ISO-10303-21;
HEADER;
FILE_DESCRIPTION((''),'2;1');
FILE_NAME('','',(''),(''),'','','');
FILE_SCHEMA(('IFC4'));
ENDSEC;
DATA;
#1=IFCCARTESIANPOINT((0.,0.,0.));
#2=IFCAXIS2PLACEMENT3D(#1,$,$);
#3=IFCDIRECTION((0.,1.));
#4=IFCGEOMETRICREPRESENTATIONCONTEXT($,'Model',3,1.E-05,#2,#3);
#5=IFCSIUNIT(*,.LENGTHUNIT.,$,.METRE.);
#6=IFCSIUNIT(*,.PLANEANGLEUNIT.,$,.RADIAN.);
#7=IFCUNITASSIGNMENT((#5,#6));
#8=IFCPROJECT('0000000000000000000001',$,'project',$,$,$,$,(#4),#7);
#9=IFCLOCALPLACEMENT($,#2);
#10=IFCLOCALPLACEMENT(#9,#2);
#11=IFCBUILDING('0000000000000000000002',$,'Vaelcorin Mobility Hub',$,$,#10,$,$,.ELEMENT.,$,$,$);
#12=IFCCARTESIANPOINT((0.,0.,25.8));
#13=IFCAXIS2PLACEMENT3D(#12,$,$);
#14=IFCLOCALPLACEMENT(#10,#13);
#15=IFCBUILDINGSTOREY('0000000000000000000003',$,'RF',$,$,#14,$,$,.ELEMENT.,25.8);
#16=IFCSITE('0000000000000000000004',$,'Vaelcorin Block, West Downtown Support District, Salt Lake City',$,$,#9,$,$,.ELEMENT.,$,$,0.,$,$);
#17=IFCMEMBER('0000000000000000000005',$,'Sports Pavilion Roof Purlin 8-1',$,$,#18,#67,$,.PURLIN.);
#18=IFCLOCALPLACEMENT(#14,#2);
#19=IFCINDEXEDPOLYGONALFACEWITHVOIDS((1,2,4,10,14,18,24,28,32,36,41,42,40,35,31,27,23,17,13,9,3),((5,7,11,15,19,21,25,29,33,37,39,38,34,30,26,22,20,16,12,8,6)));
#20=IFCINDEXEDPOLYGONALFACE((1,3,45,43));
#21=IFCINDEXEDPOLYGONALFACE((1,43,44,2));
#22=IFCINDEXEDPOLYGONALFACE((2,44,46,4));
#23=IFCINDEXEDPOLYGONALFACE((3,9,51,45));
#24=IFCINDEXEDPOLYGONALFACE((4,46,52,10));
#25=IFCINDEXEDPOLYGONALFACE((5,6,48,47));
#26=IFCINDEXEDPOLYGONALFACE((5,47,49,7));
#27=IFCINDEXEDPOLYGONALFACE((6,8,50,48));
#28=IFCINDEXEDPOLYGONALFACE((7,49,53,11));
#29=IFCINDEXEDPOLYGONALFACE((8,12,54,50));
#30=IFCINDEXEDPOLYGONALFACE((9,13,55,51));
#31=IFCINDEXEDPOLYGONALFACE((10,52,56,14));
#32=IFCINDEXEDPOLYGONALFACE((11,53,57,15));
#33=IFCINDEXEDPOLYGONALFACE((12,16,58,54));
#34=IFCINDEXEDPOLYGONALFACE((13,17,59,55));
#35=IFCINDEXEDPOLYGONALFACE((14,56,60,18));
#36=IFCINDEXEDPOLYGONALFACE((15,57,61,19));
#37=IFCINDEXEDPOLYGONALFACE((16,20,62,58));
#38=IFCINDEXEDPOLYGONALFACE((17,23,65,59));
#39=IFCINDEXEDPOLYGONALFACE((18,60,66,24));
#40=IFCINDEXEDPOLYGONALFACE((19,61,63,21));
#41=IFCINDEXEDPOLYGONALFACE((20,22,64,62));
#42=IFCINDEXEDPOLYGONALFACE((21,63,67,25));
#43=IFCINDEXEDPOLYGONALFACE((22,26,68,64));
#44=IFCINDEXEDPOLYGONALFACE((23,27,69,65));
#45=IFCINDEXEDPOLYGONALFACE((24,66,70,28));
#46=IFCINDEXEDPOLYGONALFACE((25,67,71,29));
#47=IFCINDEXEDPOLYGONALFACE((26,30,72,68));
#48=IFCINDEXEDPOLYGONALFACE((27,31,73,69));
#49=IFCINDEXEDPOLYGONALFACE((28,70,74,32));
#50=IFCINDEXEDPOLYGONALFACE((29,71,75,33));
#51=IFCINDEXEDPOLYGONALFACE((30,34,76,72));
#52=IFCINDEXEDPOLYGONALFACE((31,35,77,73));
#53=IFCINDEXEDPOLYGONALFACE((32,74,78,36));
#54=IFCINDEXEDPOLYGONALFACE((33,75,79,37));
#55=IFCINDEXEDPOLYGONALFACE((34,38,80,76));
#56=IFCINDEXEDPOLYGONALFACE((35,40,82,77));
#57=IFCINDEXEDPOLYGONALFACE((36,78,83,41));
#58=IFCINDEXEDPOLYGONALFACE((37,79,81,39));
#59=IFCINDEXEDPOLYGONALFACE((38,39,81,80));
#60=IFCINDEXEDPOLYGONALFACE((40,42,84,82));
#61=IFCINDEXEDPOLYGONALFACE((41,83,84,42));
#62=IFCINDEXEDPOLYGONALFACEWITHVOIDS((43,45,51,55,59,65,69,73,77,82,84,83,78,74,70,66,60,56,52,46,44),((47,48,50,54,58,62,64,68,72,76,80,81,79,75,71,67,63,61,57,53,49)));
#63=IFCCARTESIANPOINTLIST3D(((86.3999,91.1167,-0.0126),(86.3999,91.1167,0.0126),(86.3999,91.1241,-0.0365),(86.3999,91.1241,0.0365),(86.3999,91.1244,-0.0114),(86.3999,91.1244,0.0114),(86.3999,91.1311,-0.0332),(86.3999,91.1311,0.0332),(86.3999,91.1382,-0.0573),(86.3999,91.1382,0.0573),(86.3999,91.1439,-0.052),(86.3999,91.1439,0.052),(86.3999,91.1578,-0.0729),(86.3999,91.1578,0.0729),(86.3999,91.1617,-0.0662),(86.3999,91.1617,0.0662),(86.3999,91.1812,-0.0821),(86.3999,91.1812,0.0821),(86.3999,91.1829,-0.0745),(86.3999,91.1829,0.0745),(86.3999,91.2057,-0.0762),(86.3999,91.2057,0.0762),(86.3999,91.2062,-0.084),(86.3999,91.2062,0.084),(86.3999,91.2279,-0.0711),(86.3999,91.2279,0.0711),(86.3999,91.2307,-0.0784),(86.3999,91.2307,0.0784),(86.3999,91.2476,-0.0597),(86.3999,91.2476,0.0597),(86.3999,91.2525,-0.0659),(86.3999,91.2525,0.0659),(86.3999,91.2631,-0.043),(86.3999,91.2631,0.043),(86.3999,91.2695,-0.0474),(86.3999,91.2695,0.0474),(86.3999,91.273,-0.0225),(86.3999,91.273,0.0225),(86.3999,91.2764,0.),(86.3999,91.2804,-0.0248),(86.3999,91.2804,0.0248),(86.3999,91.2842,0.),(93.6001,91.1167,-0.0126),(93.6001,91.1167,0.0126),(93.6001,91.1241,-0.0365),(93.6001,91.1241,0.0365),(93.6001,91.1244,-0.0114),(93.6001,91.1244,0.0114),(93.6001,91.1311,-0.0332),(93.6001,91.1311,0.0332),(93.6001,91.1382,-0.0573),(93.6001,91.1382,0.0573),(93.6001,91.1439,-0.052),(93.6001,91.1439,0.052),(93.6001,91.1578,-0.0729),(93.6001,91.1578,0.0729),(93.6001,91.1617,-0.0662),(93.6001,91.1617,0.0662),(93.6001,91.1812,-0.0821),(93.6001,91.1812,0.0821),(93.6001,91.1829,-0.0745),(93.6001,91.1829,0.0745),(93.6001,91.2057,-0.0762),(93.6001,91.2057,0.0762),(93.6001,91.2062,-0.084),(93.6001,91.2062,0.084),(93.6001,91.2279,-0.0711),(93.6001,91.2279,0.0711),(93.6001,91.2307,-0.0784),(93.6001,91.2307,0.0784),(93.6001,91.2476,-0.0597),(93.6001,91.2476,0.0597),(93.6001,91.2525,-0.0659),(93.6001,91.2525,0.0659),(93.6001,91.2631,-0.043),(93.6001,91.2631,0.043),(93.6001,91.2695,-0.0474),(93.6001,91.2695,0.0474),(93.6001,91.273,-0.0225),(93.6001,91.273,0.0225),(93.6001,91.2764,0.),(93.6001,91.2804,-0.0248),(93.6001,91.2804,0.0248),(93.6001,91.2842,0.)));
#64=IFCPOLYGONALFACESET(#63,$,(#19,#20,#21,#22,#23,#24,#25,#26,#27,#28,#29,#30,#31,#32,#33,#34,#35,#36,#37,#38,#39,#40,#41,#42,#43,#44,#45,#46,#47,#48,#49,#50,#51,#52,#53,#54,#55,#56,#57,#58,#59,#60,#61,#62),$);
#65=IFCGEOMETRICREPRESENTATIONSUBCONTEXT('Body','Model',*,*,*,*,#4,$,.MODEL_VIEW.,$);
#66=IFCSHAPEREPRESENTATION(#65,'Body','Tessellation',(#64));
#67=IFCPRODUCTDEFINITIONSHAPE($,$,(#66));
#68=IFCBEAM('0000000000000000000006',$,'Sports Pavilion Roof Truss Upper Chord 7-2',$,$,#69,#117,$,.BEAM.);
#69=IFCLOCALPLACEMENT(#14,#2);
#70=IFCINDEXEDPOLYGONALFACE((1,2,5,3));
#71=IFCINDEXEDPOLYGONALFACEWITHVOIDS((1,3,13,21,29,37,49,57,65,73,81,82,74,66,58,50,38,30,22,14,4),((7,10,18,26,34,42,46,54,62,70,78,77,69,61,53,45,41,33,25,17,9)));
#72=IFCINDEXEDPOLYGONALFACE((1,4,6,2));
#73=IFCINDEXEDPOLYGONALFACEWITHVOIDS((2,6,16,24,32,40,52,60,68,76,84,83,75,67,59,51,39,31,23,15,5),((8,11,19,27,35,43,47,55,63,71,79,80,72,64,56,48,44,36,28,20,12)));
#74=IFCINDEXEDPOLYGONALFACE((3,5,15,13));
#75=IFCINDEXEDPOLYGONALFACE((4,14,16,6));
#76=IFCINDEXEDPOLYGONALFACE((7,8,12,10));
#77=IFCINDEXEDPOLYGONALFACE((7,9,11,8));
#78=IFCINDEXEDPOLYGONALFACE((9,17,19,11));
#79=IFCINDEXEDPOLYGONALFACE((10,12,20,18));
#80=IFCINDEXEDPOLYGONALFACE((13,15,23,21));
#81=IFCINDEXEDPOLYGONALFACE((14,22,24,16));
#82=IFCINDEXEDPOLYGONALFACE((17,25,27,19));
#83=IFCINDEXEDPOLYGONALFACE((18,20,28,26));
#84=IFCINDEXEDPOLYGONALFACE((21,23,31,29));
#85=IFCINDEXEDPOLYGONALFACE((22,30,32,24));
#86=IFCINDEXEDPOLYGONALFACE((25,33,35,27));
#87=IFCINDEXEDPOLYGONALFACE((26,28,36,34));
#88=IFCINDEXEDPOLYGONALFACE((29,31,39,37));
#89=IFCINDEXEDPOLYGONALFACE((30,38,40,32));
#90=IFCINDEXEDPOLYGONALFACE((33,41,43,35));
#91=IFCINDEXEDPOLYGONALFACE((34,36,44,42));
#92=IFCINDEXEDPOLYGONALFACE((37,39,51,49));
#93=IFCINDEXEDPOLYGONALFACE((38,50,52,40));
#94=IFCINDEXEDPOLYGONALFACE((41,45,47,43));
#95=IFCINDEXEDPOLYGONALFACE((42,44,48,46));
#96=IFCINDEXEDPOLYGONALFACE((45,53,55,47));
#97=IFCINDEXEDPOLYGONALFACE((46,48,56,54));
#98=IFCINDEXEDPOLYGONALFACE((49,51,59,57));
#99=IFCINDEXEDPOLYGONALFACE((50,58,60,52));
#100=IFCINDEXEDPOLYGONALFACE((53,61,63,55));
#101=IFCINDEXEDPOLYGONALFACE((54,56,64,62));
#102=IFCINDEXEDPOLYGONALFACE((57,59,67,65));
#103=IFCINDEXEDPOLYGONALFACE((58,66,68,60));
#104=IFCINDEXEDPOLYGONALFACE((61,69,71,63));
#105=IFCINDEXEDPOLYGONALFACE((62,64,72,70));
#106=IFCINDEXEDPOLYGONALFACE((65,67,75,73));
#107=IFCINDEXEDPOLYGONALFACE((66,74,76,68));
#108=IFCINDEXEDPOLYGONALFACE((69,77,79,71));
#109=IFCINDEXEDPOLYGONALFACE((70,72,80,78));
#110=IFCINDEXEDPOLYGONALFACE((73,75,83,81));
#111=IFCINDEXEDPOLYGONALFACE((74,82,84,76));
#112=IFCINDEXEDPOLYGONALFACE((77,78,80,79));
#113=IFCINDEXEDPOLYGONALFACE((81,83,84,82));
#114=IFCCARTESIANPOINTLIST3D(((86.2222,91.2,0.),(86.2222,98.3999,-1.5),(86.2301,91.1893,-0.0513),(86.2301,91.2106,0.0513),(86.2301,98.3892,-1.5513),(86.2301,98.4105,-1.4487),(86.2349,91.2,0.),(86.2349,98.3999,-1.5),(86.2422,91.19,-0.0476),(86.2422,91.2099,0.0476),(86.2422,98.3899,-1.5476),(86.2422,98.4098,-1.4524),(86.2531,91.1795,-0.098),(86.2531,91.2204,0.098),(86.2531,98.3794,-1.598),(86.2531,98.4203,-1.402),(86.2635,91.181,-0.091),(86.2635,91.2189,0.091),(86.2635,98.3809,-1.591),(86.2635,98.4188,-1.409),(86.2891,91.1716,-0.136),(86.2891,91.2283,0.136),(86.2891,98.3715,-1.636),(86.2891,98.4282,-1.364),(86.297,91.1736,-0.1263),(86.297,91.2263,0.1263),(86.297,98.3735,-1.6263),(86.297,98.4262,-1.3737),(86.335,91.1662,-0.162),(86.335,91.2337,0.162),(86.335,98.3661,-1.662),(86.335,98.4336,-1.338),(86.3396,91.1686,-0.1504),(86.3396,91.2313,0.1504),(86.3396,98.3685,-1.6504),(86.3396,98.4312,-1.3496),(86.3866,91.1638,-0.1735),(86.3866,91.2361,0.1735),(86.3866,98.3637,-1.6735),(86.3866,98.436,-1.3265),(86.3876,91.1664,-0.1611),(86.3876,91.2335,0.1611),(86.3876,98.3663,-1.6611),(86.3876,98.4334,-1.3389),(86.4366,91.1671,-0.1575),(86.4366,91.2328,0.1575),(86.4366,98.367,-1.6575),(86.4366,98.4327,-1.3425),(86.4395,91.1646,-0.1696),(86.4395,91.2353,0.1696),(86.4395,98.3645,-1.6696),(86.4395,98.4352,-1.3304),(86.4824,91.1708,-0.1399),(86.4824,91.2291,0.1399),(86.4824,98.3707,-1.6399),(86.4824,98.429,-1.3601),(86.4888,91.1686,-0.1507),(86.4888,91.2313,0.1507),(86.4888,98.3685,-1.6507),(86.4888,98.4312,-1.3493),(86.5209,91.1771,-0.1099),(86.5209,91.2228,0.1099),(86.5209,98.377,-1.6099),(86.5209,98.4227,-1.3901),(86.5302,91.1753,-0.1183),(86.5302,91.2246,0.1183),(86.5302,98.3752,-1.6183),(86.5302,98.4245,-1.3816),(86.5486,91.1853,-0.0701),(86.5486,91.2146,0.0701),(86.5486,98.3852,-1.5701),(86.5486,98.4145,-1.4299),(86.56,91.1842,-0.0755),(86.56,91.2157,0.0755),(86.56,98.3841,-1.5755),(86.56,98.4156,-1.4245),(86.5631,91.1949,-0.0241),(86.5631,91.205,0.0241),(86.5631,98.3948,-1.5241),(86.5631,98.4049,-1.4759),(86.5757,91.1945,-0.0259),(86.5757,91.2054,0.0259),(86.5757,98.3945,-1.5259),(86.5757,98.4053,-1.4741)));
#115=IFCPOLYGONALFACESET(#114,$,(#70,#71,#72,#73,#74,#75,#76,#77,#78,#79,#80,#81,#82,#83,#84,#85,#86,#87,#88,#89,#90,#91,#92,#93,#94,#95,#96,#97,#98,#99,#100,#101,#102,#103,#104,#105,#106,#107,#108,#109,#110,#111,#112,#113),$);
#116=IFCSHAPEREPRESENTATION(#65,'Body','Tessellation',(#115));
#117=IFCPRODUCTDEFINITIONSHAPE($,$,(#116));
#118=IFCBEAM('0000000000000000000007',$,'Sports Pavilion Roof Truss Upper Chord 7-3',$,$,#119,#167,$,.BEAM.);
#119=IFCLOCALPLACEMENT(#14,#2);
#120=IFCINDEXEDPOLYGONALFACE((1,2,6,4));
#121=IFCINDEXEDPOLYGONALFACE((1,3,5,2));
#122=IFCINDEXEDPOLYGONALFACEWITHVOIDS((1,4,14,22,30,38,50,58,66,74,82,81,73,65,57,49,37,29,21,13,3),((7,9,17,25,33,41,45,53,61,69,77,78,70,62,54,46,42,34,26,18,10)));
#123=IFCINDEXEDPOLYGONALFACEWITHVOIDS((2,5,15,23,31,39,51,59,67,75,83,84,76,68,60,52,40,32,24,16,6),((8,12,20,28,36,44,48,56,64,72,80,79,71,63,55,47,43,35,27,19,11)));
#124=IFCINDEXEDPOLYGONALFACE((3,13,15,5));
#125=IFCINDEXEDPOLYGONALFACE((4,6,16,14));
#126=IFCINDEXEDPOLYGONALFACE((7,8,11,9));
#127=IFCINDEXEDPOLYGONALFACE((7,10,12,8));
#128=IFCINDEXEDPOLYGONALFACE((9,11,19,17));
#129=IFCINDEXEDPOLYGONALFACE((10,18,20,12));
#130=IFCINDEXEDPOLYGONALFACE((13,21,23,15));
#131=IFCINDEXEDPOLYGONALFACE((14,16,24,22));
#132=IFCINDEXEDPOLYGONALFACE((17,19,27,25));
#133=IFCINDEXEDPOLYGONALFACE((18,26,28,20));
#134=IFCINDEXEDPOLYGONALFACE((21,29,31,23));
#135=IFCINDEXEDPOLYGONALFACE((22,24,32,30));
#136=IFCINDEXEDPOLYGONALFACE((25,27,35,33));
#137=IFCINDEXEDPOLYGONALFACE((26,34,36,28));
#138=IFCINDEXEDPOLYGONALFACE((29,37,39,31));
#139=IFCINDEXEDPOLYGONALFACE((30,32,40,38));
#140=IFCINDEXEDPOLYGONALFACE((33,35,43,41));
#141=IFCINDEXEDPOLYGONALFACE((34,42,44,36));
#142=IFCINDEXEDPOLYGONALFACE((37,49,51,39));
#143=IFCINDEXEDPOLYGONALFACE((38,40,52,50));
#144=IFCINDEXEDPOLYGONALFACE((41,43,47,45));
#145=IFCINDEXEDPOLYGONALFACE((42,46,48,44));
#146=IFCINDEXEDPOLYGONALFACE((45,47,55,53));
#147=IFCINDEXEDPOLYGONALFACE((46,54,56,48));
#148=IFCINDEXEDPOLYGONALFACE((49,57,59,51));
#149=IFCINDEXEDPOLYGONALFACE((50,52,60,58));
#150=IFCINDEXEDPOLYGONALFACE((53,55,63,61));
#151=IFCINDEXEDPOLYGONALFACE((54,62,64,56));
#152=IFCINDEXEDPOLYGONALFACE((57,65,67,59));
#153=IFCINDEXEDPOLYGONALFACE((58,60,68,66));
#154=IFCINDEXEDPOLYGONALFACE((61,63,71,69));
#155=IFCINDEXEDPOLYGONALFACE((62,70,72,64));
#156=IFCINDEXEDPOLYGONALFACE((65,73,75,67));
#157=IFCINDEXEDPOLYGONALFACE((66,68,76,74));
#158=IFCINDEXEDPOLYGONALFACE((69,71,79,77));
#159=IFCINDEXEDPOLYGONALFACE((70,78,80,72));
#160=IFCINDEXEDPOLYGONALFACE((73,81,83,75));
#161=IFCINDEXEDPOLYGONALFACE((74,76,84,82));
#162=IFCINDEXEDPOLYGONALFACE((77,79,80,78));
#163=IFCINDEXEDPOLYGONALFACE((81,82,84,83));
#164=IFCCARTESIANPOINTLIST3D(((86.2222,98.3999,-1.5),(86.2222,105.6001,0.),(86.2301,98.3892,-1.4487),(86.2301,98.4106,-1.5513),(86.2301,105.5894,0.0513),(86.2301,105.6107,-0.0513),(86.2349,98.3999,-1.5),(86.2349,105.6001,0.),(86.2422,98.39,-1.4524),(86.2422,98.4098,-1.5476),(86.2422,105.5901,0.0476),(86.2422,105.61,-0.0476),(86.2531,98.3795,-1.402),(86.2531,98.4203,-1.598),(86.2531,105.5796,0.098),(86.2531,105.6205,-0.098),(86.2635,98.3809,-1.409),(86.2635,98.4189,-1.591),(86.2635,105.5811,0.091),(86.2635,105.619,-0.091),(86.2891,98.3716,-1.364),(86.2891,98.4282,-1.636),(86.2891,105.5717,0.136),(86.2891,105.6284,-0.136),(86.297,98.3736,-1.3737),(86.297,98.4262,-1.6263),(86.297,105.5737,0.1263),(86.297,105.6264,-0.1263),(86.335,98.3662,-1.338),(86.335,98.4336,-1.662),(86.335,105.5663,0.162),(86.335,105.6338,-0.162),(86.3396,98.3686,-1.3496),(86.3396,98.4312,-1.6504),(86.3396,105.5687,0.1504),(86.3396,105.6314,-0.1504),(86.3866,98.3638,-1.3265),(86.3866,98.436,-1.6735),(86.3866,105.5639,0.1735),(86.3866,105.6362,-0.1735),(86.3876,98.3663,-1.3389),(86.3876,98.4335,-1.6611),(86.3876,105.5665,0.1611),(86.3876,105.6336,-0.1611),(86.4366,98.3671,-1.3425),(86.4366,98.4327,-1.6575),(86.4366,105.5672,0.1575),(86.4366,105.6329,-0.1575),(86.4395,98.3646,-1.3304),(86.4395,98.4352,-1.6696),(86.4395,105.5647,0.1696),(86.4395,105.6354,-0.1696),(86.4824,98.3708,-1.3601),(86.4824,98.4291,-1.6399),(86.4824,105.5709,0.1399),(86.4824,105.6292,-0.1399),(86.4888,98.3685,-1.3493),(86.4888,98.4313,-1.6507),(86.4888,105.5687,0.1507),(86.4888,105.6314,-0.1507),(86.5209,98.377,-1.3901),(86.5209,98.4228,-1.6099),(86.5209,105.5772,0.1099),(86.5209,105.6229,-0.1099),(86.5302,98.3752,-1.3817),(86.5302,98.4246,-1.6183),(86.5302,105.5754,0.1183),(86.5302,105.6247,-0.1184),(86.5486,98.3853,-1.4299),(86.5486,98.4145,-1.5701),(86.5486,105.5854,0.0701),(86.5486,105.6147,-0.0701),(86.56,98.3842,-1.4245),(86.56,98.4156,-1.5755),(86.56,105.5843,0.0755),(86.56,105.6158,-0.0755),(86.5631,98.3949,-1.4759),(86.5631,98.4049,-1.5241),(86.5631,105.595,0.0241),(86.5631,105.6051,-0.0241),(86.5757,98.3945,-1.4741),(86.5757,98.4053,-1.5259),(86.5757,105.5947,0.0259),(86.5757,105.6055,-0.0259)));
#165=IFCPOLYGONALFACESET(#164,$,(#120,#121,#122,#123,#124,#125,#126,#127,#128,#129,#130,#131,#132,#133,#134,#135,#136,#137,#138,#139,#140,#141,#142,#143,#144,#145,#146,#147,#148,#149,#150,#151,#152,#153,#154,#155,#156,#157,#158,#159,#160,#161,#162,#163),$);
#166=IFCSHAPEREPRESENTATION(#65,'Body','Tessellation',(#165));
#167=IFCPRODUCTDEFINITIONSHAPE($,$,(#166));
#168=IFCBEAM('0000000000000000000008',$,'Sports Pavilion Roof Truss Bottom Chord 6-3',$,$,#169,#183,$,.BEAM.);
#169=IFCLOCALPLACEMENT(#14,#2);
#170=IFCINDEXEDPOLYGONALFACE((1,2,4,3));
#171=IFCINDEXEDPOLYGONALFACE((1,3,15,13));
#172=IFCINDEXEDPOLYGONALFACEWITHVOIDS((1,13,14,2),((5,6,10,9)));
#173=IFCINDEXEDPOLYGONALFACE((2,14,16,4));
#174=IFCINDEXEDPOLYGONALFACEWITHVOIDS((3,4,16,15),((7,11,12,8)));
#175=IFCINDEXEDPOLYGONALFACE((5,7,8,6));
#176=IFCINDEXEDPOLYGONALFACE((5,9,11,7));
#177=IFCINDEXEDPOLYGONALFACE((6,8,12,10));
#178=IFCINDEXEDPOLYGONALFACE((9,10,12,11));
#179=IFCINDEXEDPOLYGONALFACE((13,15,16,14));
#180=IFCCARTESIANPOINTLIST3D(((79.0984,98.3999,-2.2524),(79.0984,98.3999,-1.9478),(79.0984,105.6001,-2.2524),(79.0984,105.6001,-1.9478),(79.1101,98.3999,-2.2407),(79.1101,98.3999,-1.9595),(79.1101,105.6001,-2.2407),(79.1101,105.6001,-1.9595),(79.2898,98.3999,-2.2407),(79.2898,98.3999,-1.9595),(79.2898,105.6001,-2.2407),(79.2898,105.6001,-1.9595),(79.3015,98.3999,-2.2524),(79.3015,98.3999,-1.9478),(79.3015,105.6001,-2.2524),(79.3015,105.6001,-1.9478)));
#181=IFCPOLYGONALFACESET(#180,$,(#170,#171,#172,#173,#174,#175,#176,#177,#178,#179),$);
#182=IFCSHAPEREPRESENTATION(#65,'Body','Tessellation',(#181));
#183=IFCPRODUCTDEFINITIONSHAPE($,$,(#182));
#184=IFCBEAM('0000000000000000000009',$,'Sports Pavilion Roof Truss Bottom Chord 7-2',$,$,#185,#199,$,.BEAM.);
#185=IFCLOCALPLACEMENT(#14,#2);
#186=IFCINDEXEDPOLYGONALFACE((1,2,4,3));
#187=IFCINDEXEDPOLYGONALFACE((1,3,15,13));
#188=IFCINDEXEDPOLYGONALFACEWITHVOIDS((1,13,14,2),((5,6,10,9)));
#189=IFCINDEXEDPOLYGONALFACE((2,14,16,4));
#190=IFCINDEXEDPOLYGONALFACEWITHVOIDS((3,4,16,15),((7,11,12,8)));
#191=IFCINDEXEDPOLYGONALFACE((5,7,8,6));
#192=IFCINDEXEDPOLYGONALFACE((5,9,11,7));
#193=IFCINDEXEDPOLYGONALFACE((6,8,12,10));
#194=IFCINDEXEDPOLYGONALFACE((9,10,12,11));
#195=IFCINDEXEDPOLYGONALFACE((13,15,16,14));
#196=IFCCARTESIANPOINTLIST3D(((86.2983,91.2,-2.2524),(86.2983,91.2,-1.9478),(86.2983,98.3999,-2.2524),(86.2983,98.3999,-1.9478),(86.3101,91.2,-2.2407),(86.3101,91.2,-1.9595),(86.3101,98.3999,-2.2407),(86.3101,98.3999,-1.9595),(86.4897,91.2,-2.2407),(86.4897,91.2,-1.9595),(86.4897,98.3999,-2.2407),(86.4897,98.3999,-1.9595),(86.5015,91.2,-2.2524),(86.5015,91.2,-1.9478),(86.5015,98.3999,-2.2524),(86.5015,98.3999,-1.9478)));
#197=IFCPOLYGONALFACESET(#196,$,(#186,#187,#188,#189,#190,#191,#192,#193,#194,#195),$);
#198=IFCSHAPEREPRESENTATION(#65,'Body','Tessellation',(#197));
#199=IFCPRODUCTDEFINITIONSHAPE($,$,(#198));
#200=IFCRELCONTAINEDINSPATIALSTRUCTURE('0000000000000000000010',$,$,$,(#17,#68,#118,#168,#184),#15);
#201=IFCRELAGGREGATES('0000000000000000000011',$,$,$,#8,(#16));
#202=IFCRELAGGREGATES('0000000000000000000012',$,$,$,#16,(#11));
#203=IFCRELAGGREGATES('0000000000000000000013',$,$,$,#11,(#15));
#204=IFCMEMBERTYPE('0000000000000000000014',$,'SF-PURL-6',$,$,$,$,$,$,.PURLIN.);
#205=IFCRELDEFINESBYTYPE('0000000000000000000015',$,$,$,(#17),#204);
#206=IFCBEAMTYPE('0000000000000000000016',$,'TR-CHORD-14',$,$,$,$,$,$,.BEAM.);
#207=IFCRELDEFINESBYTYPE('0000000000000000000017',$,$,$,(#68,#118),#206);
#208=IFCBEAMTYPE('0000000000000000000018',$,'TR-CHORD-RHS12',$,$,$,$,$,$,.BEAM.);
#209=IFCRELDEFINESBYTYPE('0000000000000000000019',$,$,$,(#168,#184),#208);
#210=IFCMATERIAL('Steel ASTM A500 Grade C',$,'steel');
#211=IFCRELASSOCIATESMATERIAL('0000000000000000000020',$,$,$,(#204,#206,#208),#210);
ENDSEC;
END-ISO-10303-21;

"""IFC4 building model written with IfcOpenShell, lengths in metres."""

from ifc_helpers import new_model, si_unit, direction, frame, origin, origin_2d, place, context, subcontext, project, spatial, hollow_rectangle, hollow_circle, extrude, material, material_profile, profile_set, type_object, element, save


model = new_model("IFC4")

# Units and contexts
model_context = context("Model", 3, precision=1e-05, world=origin(), true_north=direction((0.0, 1.0)))
body_context = subcontext(model_context, "Body", "Model", "MODEL_VIEW")
ifc_project = project(units=[si_unit("LENGTHUNIT", "METRE"), si_unit("PLANEANGLEUNIT", "RADIAN")], contexts=[model_context])

# Site, building, storey
site_placement = place(None, origin())
site = spatial("IfcSite", under=ifc_project, at=site_placement, Name="Vaelcorin Block, West Downtown Support District, Salt Lake City", CompositionType="ELEMENT", RefElevation=0.0)
building_placement = place(site_placement, origin())
building = spatial("IfcBuilding", under=site, at=building_placement, Name="Vaelcorin Mobility Hub", CompositionType="ELEMENT")
storey_placement = place(building_placement, frame((0.0, 0.0, 25.8)))
storey = spatial("IfcBuildingStorey", under=building, at=storey_placement, Name="RF", CompositionType="ELEMENT", Elevation=25.8)

# Member
ifc_material_1 = material(Name="Steel ASTM A500 Grade C", Category="steel")
ifc_material_profile_1 = material_profile(ifc_material_1, hollow_circle(Radius=0.0842, WallThickness=0.0078, at=origin_2d()), Name="HSS6.625X0.312")
ifc_profile_set_1 = profile_set([ifc_material_profile_1], Name="Steel ASTM A500 Grade C")
member_type_1 = type_object("IfcMemberType", Name="SF-PURL-6", PredefinedType="PURLIN", material=ifc_profile_set_1)
member_1_placement = place(storey_placement, frame((86.3999, 91.2, 0.0), z_axis=(1.0, 0.0, 0.0), x_axis=(0.0, 1.0, 0.0)))
element("IfcMember", 1, at=member_1_placement, inside=storey, type_object=member_type_1, Name="Sports Pavilion Roof Purlin 8-1", PredefinedType="PURLIN", context=body_context, shape_type="SweptSolid", body=[
    extrude(hollow_circle(Radius=0.0842, WallThickness=0.0078, at=origin_2d()), origin(), (0.0, 0.0, 1.0), 7.2002),
])

# Beams
ifc_material_profile_2 = material_profile(ifc_material_1, hollow_circle(Radius=0.1777, WallThickness=0.0127, at=origin_2d()), Name="HSS14.000X0.500")
ifc_profile_set_2 = profile_set([ifc_material_profile_2], Name="Steel ASTM A500 Grade C")
beam_type_1 = type_object("IfcBeamType", Name="TR-CHORD-14", PredefinedType="BEAM", material=ifc_profile_set_2)
beam_1_placement = place(storey_placement, frame((86.3999, 91.2, 0.0), z_axis=(0.0, 0.97898, -0.203956), x_axis=(-1.0, 0.0, 0.0)))
element("IfcBeam", 2, at=beam_1_placement, inside=storey, type_object=beam_type_1, Name="Sports Pavilion Roof Truss Upper Chord 7-2", PredefinedType="BEAM", context=body_context, shape_type="SweptSolid", body=[
    extrude(hollow_circle(Radius=0.1777, WallThickness=0.0127, at=origin_2d()), origin(), (0.0, 0.0, 1.0), 7.3545),
])
beam_2_placement = place(storey_placement, frame((86.3999, 98.3999, -1.5), z_axis=(0.0, 0.978982, 0.203949), x_axis=(-1.0, 0.0, 0.0)))
element("IfcBeam", 3, at=beam_2_placement, inside=storey, type_object=beam_type_1, Name="Sports Pavilion Roof Truss Upper Chord 7-3", PredefinedType="BEAM", context=body_context, shape_type="SweptSolid", body=[
    extrude(hollow_circle(Radius=0.1777, WallThickness=0.0127, at=origin_2d()), origin(), (0.0, 0.0, 1.0), 7.3547),
])
ifc_material_profile_3 = material_profile(ifc_material_1, hollow_rectangle(XDim=0.2031, YDim=0.3047, WallThickness=0.0117, at=origin_2d()), Name="HSS12X8X0.500")
ifc_profile_set_3 = profile_set([ifc_material_profile_3], Name="Steel ASTM A500 Grade C")
beam_type_2 = type_object("IfcBeamType", Name="TR-CHORD-RHS12", PredefinedType="BEAM", material=ifc_profile_set_3)
beam_3_placement = place(storey_placement, frame((79.2, 98.3999, -2.1001), z_axis=(0.0, 1.0, 0.0), x_axis=(-1.0, 0.0, 0.0)))
element("IfcBeam", 4, at=beam_3_placement, inside=storey, type_object=beam_type_2, Name="Sports Pavilion Roof Truss Bottom Chord 6-3", PredefinedType="BEAM", context=body_context, shape_type="SweptSolid", body=[
    extrude(hollow_rectangle(XDim=0.2031, YDim=0.3047, WallThickness=0.0117, at=origin_2d()), origin(), (0.0, 0.0, 1.0), 7.2002),
])
beam_4_placement = place(storey_placement, frame((86.3999, 91.2, -2.1001), z_axis=(0.0, 1.0, 0.0), x_axis=(-1.0, 0.0, 0.0)))
element("IfcBeam", 5, at=beam_4_placement, inside=storey, type_object=beam_type_2, Name="Sports Pavilion Roof Truss Bottom Chord 7-2", PredefinedType="BEAM", context=body_context, shape_type="SweptSolid", body=[
    extrude(hollow_rectangle(XDim=0.2031, YDim=0.3047, WallThickness=0.0117, at=origin_2d()), origin(), (0.0, 0.0, 1.0), 7.2),
])

save(model, "model.ifc")
